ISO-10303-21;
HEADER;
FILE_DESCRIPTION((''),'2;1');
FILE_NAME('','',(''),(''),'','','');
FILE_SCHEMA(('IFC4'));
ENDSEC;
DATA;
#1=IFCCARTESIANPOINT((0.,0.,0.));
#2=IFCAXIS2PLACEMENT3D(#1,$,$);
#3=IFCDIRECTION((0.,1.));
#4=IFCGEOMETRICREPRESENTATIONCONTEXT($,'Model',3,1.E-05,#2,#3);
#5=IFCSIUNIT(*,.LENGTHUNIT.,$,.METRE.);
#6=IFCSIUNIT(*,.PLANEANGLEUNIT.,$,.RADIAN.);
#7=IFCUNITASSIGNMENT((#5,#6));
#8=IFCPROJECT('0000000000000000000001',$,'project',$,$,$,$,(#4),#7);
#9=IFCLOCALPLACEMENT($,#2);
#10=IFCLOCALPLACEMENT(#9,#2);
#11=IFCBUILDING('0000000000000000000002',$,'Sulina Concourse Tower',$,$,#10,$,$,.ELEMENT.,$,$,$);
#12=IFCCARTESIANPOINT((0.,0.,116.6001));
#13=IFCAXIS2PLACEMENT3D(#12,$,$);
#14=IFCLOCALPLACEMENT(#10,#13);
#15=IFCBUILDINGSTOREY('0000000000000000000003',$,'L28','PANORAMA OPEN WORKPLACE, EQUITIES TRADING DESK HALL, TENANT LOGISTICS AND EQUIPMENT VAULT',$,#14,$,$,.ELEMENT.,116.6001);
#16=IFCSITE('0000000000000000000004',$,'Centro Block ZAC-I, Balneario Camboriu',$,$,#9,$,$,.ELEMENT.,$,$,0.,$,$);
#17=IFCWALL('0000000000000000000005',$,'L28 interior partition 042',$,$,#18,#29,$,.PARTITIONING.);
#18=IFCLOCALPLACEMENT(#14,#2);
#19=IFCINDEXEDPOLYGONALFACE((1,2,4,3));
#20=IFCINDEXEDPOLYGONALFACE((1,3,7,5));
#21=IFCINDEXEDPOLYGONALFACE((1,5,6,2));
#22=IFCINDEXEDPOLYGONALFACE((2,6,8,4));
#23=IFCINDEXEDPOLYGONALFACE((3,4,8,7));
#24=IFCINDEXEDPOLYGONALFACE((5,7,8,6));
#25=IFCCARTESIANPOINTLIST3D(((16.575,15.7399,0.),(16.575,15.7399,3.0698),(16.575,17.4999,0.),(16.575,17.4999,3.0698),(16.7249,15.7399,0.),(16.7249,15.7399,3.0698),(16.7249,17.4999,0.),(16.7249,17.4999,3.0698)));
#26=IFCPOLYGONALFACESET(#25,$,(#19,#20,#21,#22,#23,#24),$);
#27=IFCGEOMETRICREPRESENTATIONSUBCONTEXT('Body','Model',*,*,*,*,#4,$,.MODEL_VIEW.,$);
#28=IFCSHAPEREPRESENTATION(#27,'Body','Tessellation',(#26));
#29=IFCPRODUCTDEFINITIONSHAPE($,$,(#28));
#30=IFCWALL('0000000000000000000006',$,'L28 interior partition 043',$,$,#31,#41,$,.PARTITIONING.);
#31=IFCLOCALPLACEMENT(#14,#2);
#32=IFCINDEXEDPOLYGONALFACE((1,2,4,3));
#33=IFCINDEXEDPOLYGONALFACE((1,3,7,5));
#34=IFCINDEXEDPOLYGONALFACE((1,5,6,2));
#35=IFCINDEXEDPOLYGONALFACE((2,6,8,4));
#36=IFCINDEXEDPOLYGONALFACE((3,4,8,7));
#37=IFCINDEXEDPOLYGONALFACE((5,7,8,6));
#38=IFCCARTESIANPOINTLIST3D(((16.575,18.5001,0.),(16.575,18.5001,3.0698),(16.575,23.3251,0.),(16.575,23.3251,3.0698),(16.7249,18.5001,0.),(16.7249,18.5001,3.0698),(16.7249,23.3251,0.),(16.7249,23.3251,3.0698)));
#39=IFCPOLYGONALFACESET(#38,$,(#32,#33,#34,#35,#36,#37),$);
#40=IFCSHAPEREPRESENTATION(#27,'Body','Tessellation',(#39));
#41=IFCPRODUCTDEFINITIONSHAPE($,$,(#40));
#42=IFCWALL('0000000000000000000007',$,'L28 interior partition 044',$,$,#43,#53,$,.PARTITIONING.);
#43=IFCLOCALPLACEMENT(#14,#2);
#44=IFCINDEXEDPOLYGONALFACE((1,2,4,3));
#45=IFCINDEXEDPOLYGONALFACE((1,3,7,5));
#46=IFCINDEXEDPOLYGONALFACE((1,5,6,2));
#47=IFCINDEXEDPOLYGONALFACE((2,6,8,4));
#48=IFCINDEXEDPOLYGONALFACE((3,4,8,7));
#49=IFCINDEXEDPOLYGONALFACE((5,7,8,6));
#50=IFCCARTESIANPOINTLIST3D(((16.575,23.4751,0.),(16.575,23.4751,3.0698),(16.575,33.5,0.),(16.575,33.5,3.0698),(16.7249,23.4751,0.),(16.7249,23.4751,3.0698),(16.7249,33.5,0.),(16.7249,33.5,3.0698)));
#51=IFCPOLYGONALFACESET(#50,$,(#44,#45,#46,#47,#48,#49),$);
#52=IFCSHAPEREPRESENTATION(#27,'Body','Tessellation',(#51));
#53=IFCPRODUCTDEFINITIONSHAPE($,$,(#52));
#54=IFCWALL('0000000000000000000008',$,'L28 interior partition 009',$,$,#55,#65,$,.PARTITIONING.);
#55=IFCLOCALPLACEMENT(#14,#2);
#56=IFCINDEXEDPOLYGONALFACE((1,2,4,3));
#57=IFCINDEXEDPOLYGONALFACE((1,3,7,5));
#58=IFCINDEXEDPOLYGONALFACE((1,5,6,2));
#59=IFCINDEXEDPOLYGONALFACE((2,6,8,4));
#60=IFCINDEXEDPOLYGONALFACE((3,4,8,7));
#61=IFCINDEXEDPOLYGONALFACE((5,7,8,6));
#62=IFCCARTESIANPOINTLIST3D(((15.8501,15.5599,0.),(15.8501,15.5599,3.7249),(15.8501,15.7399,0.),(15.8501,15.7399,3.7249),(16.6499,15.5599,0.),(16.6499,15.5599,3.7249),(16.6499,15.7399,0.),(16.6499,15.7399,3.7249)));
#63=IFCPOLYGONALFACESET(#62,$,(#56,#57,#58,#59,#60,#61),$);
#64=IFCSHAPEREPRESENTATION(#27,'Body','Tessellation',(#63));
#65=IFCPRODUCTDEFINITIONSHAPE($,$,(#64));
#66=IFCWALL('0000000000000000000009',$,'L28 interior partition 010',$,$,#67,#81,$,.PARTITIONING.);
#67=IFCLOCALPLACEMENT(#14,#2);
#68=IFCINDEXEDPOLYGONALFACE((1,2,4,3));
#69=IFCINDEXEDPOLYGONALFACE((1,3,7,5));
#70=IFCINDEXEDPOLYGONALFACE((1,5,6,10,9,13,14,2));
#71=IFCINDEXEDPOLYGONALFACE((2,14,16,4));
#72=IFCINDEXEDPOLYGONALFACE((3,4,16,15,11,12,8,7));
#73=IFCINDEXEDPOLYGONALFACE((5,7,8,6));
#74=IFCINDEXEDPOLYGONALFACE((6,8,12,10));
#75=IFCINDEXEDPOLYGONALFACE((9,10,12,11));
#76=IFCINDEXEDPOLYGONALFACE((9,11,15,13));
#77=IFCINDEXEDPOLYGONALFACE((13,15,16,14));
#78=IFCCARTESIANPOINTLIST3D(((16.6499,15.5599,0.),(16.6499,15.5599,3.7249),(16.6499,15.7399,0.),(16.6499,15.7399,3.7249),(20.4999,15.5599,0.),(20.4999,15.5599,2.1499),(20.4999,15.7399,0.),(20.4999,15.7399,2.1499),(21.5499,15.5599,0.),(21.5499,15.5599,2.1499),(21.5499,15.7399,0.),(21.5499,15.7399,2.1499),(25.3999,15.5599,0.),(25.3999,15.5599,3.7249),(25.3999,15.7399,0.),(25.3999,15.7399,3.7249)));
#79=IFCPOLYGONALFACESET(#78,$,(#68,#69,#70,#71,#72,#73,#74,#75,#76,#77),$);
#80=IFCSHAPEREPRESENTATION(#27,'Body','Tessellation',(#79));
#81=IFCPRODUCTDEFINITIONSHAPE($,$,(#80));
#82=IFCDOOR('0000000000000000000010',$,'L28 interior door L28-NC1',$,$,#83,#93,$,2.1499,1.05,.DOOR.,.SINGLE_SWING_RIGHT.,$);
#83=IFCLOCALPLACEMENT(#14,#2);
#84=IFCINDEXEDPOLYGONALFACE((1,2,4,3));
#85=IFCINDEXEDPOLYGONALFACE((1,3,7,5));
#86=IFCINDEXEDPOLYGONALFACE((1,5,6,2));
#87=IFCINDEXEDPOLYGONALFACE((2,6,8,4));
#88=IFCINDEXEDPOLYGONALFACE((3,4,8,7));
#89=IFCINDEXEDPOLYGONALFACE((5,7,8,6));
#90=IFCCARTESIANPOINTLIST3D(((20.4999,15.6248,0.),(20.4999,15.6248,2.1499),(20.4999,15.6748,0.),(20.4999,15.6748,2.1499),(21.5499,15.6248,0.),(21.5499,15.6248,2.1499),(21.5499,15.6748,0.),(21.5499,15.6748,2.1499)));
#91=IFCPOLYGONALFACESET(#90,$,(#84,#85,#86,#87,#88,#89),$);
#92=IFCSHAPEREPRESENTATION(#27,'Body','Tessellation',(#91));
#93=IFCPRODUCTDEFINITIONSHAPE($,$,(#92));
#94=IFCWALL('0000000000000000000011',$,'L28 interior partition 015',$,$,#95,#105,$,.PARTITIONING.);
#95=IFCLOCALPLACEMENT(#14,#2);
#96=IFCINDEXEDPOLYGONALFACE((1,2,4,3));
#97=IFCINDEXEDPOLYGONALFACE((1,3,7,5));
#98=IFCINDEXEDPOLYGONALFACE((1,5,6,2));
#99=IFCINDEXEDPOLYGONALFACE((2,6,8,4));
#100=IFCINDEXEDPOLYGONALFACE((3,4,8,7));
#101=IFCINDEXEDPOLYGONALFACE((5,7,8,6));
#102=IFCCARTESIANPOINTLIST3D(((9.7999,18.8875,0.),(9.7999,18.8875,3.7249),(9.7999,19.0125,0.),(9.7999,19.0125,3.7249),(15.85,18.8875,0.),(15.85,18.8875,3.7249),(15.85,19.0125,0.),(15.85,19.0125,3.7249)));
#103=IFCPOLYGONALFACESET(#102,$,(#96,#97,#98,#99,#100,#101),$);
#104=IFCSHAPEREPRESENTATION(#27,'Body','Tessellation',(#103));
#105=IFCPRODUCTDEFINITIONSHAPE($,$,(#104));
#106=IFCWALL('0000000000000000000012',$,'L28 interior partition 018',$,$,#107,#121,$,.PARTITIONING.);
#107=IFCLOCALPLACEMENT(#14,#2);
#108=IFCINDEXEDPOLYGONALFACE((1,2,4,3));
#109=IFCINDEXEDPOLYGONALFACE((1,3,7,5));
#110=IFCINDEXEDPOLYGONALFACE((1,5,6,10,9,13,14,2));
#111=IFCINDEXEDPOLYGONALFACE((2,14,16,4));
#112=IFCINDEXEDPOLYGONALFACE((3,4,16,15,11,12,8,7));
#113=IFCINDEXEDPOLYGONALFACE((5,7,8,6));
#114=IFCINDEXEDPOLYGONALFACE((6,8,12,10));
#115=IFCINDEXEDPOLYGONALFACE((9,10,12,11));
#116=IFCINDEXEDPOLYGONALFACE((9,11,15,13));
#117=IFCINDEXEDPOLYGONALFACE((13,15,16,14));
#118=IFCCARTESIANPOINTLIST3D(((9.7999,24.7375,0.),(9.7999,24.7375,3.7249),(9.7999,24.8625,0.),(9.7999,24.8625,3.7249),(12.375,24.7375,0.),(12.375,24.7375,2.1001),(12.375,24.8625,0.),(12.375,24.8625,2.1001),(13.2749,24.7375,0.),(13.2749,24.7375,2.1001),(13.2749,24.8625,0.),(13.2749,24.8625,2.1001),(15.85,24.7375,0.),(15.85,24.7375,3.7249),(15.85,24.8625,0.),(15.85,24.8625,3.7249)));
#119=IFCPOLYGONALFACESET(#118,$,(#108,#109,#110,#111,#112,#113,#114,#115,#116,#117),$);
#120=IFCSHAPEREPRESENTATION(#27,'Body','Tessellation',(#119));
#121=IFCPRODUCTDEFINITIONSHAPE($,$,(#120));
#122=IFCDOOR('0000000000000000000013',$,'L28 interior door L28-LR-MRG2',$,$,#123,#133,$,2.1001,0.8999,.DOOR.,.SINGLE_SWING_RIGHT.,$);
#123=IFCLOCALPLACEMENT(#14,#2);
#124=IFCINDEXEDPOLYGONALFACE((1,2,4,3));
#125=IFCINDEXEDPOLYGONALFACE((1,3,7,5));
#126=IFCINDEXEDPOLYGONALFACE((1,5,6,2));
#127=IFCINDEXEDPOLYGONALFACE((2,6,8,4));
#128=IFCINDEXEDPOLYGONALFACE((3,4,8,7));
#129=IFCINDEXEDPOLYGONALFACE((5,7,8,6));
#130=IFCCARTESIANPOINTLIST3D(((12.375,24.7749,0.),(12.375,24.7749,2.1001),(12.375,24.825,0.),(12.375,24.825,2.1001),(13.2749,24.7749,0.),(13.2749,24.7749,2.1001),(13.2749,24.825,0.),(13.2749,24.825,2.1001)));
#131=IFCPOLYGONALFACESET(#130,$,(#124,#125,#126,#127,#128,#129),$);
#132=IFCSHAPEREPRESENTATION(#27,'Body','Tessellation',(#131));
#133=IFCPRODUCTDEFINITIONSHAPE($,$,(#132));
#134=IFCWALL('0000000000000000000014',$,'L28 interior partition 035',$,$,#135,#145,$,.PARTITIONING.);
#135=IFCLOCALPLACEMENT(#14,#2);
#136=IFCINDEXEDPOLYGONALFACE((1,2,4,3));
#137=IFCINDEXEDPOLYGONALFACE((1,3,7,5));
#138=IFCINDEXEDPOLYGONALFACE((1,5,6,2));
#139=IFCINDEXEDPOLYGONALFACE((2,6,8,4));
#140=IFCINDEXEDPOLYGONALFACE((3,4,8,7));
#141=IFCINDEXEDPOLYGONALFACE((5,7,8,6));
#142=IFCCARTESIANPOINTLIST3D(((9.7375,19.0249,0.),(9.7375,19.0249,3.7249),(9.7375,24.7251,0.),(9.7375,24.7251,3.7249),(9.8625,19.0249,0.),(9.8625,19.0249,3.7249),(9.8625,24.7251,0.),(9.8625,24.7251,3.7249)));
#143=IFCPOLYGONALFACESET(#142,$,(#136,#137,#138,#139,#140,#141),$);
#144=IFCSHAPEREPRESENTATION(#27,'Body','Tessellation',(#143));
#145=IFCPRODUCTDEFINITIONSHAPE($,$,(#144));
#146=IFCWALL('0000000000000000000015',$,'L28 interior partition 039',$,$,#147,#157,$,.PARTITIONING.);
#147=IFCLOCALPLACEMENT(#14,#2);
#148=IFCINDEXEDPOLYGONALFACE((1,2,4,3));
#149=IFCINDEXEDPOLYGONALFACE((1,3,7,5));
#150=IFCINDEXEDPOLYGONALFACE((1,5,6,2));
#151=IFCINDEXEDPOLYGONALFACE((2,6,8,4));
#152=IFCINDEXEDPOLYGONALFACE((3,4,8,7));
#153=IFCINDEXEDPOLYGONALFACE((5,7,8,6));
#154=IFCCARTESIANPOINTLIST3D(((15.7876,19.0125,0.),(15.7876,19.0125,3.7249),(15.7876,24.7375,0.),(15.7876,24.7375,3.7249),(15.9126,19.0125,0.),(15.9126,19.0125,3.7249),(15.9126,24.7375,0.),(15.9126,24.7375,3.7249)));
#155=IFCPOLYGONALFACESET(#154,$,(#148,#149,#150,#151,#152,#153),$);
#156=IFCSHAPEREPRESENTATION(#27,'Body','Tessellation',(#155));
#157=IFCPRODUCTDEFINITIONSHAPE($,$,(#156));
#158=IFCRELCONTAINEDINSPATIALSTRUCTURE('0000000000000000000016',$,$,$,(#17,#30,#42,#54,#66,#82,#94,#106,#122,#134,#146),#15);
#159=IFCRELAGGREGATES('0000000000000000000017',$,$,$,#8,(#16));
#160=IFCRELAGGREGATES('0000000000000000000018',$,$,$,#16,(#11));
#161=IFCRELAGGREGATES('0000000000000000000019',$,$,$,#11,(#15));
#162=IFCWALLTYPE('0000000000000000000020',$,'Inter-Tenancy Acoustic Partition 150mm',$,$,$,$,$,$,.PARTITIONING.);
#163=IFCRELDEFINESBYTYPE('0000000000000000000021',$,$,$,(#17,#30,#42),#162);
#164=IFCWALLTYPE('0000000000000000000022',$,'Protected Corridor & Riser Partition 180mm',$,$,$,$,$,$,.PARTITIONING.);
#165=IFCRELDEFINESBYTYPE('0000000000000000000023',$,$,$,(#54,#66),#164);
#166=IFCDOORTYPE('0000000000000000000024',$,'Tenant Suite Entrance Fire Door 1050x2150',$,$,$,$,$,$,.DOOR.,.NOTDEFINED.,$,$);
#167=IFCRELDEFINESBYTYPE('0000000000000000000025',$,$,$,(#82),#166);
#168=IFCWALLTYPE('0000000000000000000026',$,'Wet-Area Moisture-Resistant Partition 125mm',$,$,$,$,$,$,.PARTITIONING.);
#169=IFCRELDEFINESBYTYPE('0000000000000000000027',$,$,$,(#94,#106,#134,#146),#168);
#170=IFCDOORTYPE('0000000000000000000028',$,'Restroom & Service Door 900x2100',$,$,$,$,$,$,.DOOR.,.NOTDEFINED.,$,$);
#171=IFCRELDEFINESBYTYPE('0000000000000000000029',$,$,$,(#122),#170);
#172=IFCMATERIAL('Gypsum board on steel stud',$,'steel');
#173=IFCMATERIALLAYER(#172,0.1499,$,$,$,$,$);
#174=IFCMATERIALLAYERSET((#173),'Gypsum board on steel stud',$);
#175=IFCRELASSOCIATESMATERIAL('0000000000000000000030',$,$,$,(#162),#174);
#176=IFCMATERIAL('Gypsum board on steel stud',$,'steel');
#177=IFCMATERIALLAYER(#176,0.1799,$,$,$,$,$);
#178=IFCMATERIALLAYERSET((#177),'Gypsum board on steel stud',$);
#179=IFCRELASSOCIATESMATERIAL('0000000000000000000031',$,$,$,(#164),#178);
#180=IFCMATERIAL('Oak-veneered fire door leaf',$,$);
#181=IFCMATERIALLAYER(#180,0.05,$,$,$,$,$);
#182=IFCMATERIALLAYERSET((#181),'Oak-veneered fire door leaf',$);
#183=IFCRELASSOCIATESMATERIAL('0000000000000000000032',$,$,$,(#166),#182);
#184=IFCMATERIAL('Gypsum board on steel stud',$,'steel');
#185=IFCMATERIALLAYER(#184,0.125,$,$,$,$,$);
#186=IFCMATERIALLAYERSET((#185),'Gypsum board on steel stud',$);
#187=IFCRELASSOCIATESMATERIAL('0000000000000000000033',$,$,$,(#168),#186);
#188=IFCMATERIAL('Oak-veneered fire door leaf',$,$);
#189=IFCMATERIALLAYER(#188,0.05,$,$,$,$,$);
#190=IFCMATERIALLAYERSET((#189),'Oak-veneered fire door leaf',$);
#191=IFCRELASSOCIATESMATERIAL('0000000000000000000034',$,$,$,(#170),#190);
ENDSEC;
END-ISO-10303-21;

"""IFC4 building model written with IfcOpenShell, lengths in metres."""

from ifc_helpers import new_model, si_unit, direction, frame, frame_2d, origin, place, context, subcontext, project, spatial, rectangle, extrude, material, layer, layer_set, type_object, element, fill, save


model = new_model("IFC4")

# Units and contexts
model_context = context("Model", 3, precision=1e-05, world=origin(), true_north=direction((0.0, 1.0)))
body_context = subcontext(model_context, "Body", "Model", "MODEL_VIEW")
ifc_project = project(units=[si_unit("LENGTHUNIT", "METRE"), si_unit("PLANEANGLEUNIT", "RADIAN")], contexts=[model_context])

# Site, building, storey
site_placement = place(None, origin())
site = spatial("IfcSite", under=ifc_project, at=site_placement, Name="Centro Block ZAC-I, Balneario Camboriu", CompositionType="ELEMENT", RefElevation=0.0)
building_placement = place(site_placement, origin())
building = spatial("IfcBuilding", under=site, at=building_placement, Name="Sulina Concourse Tower", CompositionType="ELEMENT")
storey_placement = place(building_placement, frame((0.0, 0.0, 116.6001)))
storey = spatial("IfcBuildingStorey", under=building, at=storey_placement, Name="L28", Description="PANORAMA OPEN WORKPLACE, EQUITIES TRADING DESK HALL, TENANT LOGISTICS AND EQUIPMENT VAULT", CompositionType="ELEMENT", Elevation=116.6001)

# Walls
ifc_material_1 = material(Name="Gypsum board on steel stud", Category="steel")
ifc_layer_1 = layer(ifc_material_1, 0.1499)
ifc_layer_set_1 = layer_set([ifc_layer_1], Name="Gypsum board on steel stud")
wall_type_1 = type_object("IfcWallType", Name="Inter-Tenancy Acoustic Partition 150mm", PredefinedType="PARTITIONING", material=ifc_layer_set_1)
wall_1_placement = place(storey_placement, frame((16.6499, 15.74, 0.0), z_axis=(0.0, 0.0, 1.0), x_axis=(0.0, 1.0, 0.0)))
element("IfcWall", 1, at=wall_1_placement, inside=storey, type_object=wall_type_1, Name="L28 interior partition 042", PredefinedType="PARTITIONING", context=body_context, shape_type="SweptSolid", body=[
    extrude(rectangle(XDim=1.76, YDim=0.1499, at=frame_2d((0.8799, 0.0))), origin(), (0.0, 0.0, 1.0), 3.0698),
])
wall_2_placement = place(storey_placement, frame((16.6499, 18.5, 0.0), z_axis=(0.0, 0.0, 1.0), x_axis=(0.0, 1.0, 0.0)))
element("IfcWall", 2, at=wall_2_placement, inside=storey, type_object=wall_type_1, Name="L28 interior partition 043", PredefinedType="PARTITIONING", context=body_context, shape_type="SweptSolid", body=[
    extrude(rectangle(XDim=4.825, YDim=0.1499, at=frame_2d((2.4126, 0.0))), origin(), (0.0, 0.0, 1.0), 3.0698),
])
wall_3_placement = place(storey_placement, frame((16.6499, 23.4751, 0.0), z_axis=(0.0, 0.0, 1.0), x_axis=(0.0, 1.0, 0.0)))
element("IfcWall", 3, at=wall_3_placement, inside=storey, type_object=wall_type_1, Name="L28 interior partition 044", PredefinedType="PARTITIONING", context=body_context, shape_type="SweptSolid", body=[
    extrude(rectangle(XDim=10.0249, YDim=0.1499, at=frame_2d((5.0125, 0.0))), origin(), (0.0, 0.0, 1.0), 3.0698),
])
ifc_material_2 = material(Name="Gypsum board on steel stud", Category="steel")
ifc_layer_2 = layer(ifc_material_2, 0.1799)
ifc_layer_set_2 = layer_set([ifc_layer_2], Name="Gypsum board on steel stud")
wall_type_2 = type_object("IfcWallType", Name="Protected Corridor & Riser Partition 180mm", PredefinedType="PARTITIONING", material=ifc_layer_set_2)
wall_4_placement = place(storey_placement, frame((15.8501, 15.6499, 0.0), z_axis=(0.0, 0.0, 1.0), x_axis=(1.0, 0.0, 0.0)))
element("IfcWall", 4, at=wall_4_placement, inside=storey, type_object=wall_type_2, Name="L28 interior partition 009", PredefinedType="PARTITIONING", context=body_context, shape_type="SweptSolid", body=[
    extrude(rectangle(XDim=0.7998, YDim=0.1799, at=frame_2d((0.3999, 0.0))), origin(), (0.0, 0.0, 1.0), 3.7249),
])

# Wall, opening, door
wall_5_placement = place(storey_placement, frame((16.6499, 15.6499, 0.0), z_axis=(0.0, 0.0, 1.0), x_axis=(1.0, 0.0, 0.0)))
wall_5 = element("IfcWall", 5, at=wall_5_placement, inside=storey, type_object=wall_type_2, Name="L28 interior partition 010", PredefinedType="PARTITIONING", context=body_context, shape_type="SweptSolid", body=[
    extrude(rectangle(XDim=8.75, YDim=0.1799, at=frame_2d((4.375, 0.0))), origin(), (0.0, 0.0, 1.0), 3.7249),
])
opening_1_placement = place(wall_5_placement, frame((3.8501, 0.0, 0.0)))
opening_1 = element("IfcOpeningElement", 6, at=opening_1_placement, cuts=wall_5, PredefinedType="OPENING", context=body_context, shape_type="SweptSolid", body=[
    extrude(rectangle(XDim=1.05, YDim=2.1499, at=frame_2d((0.5249, 1.075))), frame((0.0, 0.0999, 0.0), z_axis=(0.0, -1.0, 0.0), x_axis=(1.0, 0.0, 0.0)), (0.0, 0.0, 1.0), 0.2),
])
ifc_material_3 = material(Name="Oak-veneered fire door leaf")
ifc_layer_3 = layer(ifc_material_3, 0.05)
ifc_layer_set_3 = layer_set([ifc_layer_3], Name="Oak-veneered fire door leaf")
door_type_1 = type_object("IfcDoorType", Name="Tenant Suite Entrance Fire Door 1050x2150", OperationType="NOTDEFINED", PredefinedType="DOOR", material=ifc_layer_set_3)
door_1_placement = place(opening_1_placement, origin())
door_1 = element("IfcDoor", 7, at=door_1_placement, inside=storey, type_object=door_type_1, Name="L28 interior door L28-NC1", OperationType="SINGLE_SWING_RIGHT", OverallHeight=2.1499, OverallWidth=1.05, PredefinedType="DOOR", context=body_context, shape_type="SweptSolid", body=[
    extrude(rectangle(XDim=1.05, YDim=2.1499, at=frame_2d((0.5249, 1.075))), frame((0.0, 0.0249, 0.0), z_axis=(0.0, -1.0, 0.0), x_axis=(1.0, 0.0, 0.0)), (0.0, 0.0, 1.0), 0.05),
])
fill(opening_1, door_1)

# Wall
ifc_material_4 = material(Name="Gypsum board on steel stud", Category="steel")
ifc_layer_4 = layer(ifc_material_4, 0.125)
ifc_layer_set_4 = layer_set([ifc_layer_4], Name="Gypsum board on steel stud")
wall_type_3 = type_object("IfcWallType", Name="Wet-Area Moisture-Resistant Partition 125mm", PredefinedType="PARTITIONING", material=ifc_layer_set_4)
wall_6_placement = place(storey_placement, frame((9.8, 18.95, 0.0), z_axis=(0.0, 0.0, 1.0), x_axis=(1.0, 0.0, 0.0)))
element("IfcWall", 8, at=wall_6_placement, inside=storey, type_object=wall_type_3, Name="L28 interior partition 015", PredefinedType="PARTITIONING", context=body_context, shape_type="SweptSolid", body=[
    extrude(rectangle(XDim=6.05, YDim=0.125, at=frame_2d((3.0249, 0.0))), origin(), (0.0, 0.0, 1.0), 3.7249),
])

# Wall, opening, door
wall_7_placement = place(storey_placement, frame((9.8, 24.8, 0.0), z_axis=(0.0, 0.0, 1.0), x_axis=(1.0, 0.0, 0.0)))
wall_7 = element("IfcWall", 9, at=wall_7_placement, inside=storey, type_object=wall_type_3, Name="L28 interior partition 018", PredefinedType="PARTITIONING", context=body_context, shape_type="SweptSolid", body=[
    extrude(rectangle(XDim=6.05, YDim=0.125, at=frame_2d((3.0249, 0.0))), origin(), (0.0, 0.0, 1.0), 3.7249),
])
opening_2_placement = place(wall_7_placement, frame((2.575, 0.0, 0.0)))
opening_2 = element("IfcOpeningElement", 10, at=opening_2_placement, cuts=wall_7, PredefinedType="OPENING", context=body_context, shape_type="SweptSolid", body=[
    extrude(rectangle(XDim=0.8999, YDim=2.1001, at=frame_2d((0.45, 1.05))), frame((0.0, 0.0725, 0.0), z_axis=(0.0, -1.0, 0.0), x_axis=(1.0, 0.0, 0.0)), (0.0, 0.0, 1.0), 0.145),
])
ifc_material_5 = material(Name="Oak-veneered fire door leaf")
ifc_layer_5 = layer(ifc_material_5, 0.05)
ifc_layer_set_5 = layer_set([ifc_layer_5], Name="Oak-veneered fire door leaf")
door_type_2 = type_object("IfcDoorType", Name="Restroom & Service Door 900x2100", OperationType="NOTDEFINED", PredefinedType="DOOR", material=ifc_layer_set_5)
door_2_placement = place(opening_2_placement, origin())
door_2 = element("IfcDoor", 11, at=door_2_placement, inside=storey, type_object=door_type_2, Name="L28 interior door L28-LR-MRG2", OperationType="SINGLE_SWING_RIGHT", OverallHeight=2.1001, OverallWidth=0.8999, PredefinedType="DOOR", context=body_context, shape_type="SweptSolid", body=[
    extrude(rectangle(XDim=0.8999, YDim=2.1001, at=frame_2d((0.45, 1.05))), frame((0.0, 0.0249, 0.0), z_axis=(0.0, -1.0, 0.0), x_axis=(1.0, 0.0, 0.0)), (0.0, 0.0, 1.0), 0.05),
])
fill(opening_2, door_2)

# Walls
wall_8_placement = place(storey_placement, frame((9.8, 19.0249, 0.0), z_axis=(0.0, 0.0, 1.0), x_axis=(0.0, 1.0, 0.0)))
element("IfcWall", 12, at=wall_8_placement, inside=storey, type_object=wall_type_3, Name="L28 interior partition 035", PredefinedType="PARTITIONING", context=body_context, shape_type="SweptSolid", body=[
    extrude(rectangle(XDim=5.7002, YDim=0.125, at=frame_2d((2.8501, 0.0))), origin(), (0.0, 0.0, 1.0), 3.7249),
])
wall_9_placement = place(storey_placement, frame((15.8501, 19.0125, 0.0), z_axis=(0.0, 0.0, 1.0), x_axis=(0.0, 1.0, 0.0)))
element("IfcWall", 13, at=wall_9_placement, inside=storey, type_object=wall_type_3, Name="L28 interior partition 039", PredefinedType="PARTITIONING", context=body_context, shape_type="SweptSolid", body=[
    extrude(rectangle(XDim=5.7251, YDim=0.125, at=frame_2d((2.8625, 0.0))), origin(), (0.0, 0.0, 1.0), 3.7249),
])

save(model, "model.ifc")
